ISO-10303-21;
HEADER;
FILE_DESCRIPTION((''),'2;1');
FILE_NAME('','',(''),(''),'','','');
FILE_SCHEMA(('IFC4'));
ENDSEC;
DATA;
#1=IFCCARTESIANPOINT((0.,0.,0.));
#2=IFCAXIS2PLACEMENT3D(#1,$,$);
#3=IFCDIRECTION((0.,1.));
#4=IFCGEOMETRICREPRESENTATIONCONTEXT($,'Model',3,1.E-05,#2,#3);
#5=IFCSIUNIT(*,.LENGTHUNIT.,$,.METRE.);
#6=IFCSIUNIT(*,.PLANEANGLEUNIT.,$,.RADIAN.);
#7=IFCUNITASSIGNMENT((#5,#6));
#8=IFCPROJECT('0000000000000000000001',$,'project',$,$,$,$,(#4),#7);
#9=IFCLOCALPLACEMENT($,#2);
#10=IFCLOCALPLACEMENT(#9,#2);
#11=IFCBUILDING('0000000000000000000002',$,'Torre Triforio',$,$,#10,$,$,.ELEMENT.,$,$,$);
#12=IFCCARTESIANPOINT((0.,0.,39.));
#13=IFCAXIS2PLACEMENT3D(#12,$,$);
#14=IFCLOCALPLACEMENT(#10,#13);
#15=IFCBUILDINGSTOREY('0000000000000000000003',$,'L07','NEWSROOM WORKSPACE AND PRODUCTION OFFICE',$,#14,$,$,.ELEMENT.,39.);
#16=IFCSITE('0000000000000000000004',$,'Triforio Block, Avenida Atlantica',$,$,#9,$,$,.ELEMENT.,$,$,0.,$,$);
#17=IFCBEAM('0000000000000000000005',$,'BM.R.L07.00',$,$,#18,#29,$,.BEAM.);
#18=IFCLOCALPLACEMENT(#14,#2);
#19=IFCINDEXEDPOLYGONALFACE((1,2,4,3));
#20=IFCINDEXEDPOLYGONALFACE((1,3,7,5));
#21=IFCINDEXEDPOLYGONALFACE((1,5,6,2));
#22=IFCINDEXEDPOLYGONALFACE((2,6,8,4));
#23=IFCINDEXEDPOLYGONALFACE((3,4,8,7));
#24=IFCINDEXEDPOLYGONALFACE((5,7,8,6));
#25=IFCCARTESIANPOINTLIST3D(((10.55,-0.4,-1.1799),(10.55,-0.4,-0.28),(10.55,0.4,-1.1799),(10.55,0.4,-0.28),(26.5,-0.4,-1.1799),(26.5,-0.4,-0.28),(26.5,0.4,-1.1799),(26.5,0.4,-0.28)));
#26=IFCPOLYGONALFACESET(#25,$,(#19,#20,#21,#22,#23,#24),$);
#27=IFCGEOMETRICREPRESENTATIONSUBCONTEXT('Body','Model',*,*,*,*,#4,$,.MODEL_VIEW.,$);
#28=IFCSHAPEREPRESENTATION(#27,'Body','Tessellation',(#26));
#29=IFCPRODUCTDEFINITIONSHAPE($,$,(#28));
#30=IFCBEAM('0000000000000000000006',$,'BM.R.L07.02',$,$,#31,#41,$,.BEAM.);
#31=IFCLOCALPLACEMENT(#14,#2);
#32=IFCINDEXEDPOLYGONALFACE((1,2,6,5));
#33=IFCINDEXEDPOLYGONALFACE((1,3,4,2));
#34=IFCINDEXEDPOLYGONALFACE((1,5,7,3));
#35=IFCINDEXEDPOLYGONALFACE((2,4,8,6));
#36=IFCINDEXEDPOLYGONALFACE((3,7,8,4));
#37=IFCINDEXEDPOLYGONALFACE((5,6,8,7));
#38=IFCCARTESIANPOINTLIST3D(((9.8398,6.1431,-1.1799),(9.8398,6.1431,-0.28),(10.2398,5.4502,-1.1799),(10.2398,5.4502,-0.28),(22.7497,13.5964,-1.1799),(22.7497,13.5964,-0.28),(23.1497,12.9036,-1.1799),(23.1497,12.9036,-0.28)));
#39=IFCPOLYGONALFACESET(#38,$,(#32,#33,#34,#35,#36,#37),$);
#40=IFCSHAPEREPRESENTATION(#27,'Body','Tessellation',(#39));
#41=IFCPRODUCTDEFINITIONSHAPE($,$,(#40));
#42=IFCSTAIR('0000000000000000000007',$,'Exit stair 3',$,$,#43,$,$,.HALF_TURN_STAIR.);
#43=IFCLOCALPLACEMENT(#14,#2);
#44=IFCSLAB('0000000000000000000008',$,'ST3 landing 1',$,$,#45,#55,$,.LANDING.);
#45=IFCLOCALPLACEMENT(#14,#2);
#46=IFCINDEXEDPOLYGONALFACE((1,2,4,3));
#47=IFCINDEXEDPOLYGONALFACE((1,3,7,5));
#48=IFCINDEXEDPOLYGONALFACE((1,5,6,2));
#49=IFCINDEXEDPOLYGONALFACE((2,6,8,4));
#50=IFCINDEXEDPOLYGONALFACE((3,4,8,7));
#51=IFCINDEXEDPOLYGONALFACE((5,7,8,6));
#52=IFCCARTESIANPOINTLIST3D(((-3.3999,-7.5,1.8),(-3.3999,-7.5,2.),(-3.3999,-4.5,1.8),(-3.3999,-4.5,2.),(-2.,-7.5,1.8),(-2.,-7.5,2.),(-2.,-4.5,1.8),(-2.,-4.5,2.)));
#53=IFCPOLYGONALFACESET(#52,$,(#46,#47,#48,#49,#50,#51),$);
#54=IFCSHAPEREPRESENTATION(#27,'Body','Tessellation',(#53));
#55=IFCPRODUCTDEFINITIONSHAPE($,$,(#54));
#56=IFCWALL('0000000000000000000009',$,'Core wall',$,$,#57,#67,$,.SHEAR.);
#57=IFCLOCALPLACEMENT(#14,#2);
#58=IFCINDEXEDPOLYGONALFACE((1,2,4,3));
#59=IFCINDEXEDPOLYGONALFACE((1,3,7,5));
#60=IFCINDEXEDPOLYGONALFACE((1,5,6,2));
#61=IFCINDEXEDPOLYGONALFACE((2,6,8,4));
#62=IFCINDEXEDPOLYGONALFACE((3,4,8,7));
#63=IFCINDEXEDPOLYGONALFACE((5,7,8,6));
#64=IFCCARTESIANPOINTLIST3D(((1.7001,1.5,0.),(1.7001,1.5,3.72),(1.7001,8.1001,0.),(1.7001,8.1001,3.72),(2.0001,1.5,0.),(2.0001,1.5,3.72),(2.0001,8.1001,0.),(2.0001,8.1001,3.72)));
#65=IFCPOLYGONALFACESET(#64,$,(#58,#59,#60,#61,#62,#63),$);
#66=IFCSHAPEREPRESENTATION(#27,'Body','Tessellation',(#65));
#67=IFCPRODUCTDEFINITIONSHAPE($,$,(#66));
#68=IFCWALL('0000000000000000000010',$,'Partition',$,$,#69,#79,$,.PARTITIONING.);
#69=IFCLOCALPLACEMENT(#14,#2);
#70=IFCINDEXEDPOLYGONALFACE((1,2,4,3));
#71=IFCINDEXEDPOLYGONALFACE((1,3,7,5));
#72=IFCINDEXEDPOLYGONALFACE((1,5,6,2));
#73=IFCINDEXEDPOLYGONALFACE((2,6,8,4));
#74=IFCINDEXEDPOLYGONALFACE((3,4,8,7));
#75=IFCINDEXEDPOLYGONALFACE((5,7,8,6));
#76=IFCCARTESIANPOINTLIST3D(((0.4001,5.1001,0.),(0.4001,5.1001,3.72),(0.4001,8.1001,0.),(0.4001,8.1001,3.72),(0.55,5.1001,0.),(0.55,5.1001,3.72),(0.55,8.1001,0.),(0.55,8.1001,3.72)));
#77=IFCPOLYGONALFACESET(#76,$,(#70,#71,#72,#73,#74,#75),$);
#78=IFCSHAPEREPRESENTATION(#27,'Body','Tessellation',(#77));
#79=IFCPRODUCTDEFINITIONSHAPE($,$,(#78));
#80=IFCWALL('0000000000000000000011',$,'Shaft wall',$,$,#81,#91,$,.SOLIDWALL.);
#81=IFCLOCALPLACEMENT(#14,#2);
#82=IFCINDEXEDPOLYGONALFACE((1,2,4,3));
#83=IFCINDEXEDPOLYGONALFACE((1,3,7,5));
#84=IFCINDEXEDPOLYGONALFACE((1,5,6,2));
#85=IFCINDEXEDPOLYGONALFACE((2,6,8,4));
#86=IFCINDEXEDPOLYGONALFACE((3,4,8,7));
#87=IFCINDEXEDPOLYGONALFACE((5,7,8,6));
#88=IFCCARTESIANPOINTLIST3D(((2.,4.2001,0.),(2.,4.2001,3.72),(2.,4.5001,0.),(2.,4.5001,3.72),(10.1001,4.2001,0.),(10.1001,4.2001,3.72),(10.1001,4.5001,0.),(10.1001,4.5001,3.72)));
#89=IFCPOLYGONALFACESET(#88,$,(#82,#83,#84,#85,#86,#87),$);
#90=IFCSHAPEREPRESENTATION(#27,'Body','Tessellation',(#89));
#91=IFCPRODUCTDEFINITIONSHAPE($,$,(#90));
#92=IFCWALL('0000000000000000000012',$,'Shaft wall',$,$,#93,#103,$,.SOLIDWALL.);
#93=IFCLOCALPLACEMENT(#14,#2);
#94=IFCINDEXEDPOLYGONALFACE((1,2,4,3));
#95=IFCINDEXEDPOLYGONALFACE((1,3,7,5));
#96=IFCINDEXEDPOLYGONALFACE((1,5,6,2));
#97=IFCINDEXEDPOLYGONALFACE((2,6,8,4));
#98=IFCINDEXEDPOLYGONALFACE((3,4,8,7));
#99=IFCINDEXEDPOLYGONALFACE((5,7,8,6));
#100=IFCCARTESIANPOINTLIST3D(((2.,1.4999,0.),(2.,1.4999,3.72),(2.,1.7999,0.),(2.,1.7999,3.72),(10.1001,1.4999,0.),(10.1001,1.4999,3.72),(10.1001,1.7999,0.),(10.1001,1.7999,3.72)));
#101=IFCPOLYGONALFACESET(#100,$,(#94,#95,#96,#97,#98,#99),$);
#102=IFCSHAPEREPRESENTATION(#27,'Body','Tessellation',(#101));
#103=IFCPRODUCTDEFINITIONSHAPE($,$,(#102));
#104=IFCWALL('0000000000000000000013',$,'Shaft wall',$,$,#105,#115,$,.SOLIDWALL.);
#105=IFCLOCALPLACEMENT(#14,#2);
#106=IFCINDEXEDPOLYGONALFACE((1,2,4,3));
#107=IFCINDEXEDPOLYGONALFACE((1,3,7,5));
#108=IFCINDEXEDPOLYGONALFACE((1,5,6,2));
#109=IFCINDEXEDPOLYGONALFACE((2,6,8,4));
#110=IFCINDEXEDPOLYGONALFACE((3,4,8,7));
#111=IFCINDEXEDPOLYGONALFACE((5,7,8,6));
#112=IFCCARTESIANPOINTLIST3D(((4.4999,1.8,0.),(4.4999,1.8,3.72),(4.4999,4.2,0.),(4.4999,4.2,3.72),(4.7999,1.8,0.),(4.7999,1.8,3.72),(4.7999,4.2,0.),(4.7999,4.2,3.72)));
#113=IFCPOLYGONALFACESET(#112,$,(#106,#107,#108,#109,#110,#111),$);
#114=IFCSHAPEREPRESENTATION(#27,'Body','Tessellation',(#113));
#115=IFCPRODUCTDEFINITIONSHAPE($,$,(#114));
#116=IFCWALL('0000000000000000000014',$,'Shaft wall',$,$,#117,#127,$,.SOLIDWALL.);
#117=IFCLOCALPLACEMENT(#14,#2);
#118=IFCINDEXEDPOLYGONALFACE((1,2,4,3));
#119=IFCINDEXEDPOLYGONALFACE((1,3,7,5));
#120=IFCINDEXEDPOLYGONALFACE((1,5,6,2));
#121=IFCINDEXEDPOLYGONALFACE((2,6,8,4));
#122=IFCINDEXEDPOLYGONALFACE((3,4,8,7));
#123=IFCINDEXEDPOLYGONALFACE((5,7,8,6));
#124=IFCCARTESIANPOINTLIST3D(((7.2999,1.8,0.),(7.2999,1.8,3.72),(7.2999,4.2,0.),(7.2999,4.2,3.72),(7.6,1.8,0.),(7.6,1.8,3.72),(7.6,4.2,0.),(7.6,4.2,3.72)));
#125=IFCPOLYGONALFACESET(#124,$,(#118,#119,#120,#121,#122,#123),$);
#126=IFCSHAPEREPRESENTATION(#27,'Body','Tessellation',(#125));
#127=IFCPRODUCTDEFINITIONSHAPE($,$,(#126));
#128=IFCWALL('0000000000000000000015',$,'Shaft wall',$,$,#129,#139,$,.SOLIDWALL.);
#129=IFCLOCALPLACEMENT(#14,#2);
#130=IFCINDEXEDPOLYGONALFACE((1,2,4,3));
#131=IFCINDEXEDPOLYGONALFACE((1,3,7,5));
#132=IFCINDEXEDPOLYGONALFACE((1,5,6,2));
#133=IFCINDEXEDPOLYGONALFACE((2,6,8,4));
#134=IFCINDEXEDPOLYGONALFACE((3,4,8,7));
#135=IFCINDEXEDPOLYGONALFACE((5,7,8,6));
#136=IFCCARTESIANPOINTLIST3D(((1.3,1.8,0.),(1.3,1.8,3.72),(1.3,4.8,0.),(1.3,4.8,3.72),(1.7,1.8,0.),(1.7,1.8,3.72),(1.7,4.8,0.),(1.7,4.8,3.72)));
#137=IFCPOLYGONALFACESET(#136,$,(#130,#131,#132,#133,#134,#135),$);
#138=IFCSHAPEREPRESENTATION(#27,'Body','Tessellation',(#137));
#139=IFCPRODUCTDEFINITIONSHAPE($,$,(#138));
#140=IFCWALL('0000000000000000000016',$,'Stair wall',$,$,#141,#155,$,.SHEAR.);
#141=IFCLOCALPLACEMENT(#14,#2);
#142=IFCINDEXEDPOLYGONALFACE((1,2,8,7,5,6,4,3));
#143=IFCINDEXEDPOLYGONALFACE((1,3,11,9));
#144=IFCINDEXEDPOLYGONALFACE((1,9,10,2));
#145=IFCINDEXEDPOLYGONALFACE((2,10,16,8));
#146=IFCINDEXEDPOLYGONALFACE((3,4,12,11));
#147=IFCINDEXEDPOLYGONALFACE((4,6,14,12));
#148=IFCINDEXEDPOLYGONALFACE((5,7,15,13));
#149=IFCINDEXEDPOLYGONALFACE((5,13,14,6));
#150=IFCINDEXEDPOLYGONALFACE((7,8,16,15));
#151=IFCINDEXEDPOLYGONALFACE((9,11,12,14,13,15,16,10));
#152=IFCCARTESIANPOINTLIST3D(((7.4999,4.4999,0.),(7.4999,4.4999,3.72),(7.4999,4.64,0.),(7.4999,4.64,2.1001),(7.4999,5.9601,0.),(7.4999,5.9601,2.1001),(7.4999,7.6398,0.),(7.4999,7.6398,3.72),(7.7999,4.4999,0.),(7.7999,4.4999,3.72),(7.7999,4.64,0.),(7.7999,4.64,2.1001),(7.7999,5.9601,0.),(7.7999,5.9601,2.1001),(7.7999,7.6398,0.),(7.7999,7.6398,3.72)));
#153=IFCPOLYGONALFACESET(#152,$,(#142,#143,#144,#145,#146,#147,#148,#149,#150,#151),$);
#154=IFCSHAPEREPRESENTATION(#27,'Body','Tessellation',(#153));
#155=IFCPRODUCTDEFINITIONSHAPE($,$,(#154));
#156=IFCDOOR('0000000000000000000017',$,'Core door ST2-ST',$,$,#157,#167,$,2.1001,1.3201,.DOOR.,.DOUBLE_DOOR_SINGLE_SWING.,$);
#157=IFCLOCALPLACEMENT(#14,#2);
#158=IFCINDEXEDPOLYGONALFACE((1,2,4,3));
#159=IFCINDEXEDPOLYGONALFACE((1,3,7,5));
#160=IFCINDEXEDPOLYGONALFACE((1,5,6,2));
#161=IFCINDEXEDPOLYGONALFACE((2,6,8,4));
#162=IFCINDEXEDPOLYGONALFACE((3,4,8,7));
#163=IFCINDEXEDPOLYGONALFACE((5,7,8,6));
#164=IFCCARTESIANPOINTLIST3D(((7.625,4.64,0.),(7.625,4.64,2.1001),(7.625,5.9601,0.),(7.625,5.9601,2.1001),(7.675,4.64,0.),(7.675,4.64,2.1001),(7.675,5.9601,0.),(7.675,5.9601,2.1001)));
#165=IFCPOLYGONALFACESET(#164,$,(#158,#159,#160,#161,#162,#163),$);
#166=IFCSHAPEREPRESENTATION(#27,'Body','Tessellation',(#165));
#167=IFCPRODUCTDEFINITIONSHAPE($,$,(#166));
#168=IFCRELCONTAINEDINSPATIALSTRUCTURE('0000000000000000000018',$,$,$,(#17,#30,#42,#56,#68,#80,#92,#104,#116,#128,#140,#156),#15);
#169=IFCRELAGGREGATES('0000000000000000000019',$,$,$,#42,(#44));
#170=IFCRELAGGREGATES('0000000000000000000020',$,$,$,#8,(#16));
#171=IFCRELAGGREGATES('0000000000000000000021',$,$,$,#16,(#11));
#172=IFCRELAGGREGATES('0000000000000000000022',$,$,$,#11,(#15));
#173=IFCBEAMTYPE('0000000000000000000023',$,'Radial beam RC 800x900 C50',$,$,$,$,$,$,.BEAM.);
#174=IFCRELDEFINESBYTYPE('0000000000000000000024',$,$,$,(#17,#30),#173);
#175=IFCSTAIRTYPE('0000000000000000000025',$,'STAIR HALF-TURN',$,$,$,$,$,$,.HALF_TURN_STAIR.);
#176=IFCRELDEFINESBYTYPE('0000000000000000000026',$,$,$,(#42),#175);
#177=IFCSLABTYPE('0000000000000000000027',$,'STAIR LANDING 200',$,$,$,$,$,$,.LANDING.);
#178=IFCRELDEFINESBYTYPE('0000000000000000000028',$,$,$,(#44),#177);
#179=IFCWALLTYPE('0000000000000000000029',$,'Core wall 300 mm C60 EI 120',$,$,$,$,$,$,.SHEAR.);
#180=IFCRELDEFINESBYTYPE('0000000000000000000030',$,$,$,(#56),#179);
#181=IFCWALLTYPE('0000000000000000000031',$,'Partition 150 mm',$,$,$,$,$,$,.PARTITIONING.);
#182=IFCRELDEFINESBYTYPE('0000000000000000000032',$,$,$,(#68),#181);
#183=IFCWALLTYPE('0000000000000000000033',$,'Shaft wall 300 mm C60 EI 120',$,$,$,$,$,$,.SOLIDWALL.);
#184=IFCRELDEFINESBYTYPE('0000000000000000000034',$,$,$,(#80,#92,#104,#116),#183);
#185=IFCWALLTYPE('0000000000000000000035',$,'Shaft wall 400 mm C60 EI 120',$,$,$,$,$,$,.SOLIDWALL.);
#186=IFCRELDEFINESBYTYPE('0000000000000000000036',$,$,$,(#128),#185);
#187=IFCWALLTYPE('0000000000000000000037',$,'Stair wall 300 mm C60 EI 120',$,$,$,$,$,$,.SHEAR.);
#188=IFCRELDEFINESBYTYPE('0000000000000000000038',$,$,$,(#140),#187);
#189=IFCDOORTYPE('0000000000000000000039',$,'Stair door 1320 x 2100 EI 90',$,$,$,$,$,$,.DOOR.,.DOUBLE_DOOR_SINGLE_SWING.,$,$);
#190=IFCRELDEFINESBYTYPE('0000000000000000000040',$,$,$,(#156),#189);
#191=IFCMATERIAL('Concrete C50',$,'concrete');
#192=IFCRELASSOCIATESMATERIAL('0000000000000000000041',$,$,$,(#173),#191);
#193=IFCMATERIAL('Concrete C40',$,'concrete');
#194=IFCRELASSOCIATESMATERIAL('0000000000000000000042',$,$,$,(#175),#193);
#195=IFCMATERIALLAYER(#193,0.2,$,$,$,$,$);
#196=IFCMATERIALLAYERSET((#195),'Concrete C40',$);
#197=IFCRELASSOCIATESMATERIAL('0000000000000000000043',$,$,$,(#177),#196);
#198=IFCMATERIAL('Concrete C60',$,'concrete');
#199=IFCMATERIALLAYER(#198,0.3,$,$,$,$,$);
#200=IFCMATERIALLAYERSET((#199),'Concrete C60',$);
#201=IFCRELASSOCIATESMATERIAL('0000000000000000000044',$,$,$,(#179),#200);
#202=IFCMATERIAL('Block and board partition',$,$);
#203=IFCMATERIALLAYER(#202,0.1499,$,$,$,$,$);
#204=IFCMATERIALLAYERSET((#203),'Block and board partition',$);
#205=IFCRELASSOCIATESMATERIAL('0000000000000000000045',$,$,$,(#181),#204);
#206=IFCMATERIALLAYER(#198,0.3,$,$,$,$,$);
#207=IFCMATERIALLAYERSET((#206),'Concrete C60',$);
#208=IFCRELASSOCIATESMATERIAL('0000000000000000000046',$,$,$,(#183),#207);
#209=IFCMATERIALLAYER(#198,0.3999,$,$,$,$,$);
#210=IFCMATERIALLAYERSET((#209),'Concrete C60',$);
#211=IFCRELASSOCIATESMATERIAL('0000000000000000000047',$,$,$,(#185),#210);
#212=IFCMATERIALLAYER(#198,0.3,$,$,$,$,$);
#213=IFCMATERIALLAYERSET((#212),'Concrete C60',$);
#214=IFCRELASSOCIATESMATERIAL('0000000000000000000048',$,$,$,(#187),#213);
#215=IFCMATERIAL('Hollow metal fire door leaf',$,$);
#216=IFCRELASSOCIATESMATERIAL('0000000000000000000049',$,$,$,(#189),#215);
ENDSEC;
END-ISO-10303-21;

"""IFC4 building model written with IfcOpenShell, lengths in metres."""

from ifc_helpers import new_model, si_unit, direction, frame, frame_2d, origin, origin_2d, place, context, subcontext, project, spatial, polyline, rectangle, outline, extrude, material, layer, layer_set, material_profile, profile_set, type_object, element, fill, aggregate, save


model = new_model("IFC4")

# Units and contexts
model_context = context("Model", 3, precision=1e-05, world=origin(), true_north=direction((0.0, 1.0)))
body_context = subcontext(model_context, "Body", "Model", "MODEL_VIEW")
ifc_project = project(units=[si_unit("LENGTHUNIT", "METRE"), si_unit("PLANEANGLEUNIT", "RADIAN")], contexts=[model_context])

# Site, building, storey
site_placement = place(None, origin())
site = spatial("IfcSite", under=ifc_project, at=site_placement, Name="Triforio Block, Avenida Atlantica", CompositionType="ELEMENT", RefElevation=0.0)
building_placement = place(site_placement, origin())
building = spatial("IfcBuilding", under=site, at=building_placement, Name="Torre Triforio", CompositionType="ELEMENT")
storey_placement = place(building_placement, frame((0.0, 0.0, 39.0)))
storey = spatial("IfcBuildingStorey", under=building, at=storey_placement, Name="L07", Description="NEWSROOM WORKSPACE AND PRODUCTION OFFICE", CompositionType="ELEMENT", Elevation=39.0)

# Beams
ifc_material_1 = material(Name="Concrete C50", Category="concrete")
ifc_material_profile = material_profile(ifc_material_1, rectangle(XDim=0.8, YDim=0.8999, at=origin_2d()), Name="RC 800x900")
ifc_profile_set = profile_set([ifc_material_profile], Name="Concrete C50")
beam_type = type_object("IfcBeamType", Name="Radial beam RC 800x900 C50", PredefinedType="BEAM", material=ifc_profile_set)
beam_1_placement = place(storey_placement, frame((10.55, 0.0, -0.73), z_axis=(1.0, 0.0, 0.0), x_axis=(0.0, 1.0, 0.0)))
element("IfcBeam", 1, at=beam_1_placement, inside=storey, type_object=beam_type, Name="BM.R.L07.00", PredefinedType="BEAM", context=body_context, shape_type="SweptSolid", body=[
    extrude(rectangle(XDim=0.8, YDim=0.8999, at=origin_2d()), origin(), (0.0, 0.0, 1.0), 15.95),
])
beam_2_placement = place(storey_placement, frame((10.0398, 5.7966, -0.73), z_axis=(0.86603, 0.499991, 0.0), x_axis=(-0.499991, 0.86603, 0.0)))
element("IfcBeam", 2, at=beam_2_placement, inside=storey, type_object=beam_type, Name="BM.R.L07.02", PredefinedType="BEAM", context=body_context, shape_type="SweptSolid", body=[
    extrude(rectangle(XDim=0.8, YDim=0.8999, at=origin_2d()), origin(), (0.0, 0.0, 1.0), 14.907),
])

# Stair, slab
ifc_material_2 = material(Name="Concrete C40", Category="concrete")
stair_type = type_object("IfcStairType", Name="STAIR HALF-TURN", PredefinedType="HALF_TURN_STAIR", material=ifc_material_2)
stair_1_placement = place(storey_placement, origin())
stair_1 = element("IfcStair", 3, at=stair_1_placement, inside=storey, type_object=stair_type, Name="Exit stair 3", PredefinedType="HALF_TURN_STAIR")
ifc_layer_1 = layer(ifc_material_2, 0.2)
ifc_layer_set_1 = layer_set([ifc_layer_1], Name="Concrete C40")
slab_type = type_object("IfcSlabType", Name="STAIR LANDING 200", PredefinedType="LANDING", material=ifc_layer_set_1)
slab_placement = place(storey_placement, frame((0.0, 0.0, 1.8)))
slab = element("IfcSlab", 4, at=slab_placement, type_object=slab_type, Name="ST3 landing 1", PredefinedType="LANDING", context=body_context, shape_type="SweptSolid", body=[
    extrude(outline(polyline([(-2.0, -7.5), (-2.0, -4.5), (-3.3999, -4.5), (-3.3999, -7.5), (-2.0, -7.5)])), origin(), (0.0, 0.0, 1.0), 0.2),
])
aggregate(stair_1, [slab])

# Walls
ifc_material_3 = material(Name="Concrete C60", Category="concrete")
ifc_layer_2 = layer(ifc_material_3, 0.3)
ifc_layer_set_2 = layer_set([ifc_layer_2], Name="Concrete C60")
wall_type_1 = type_object("IfcWallType", Name="Core wall 300 mm C60 EI 120", PredefinedType="SHEAR", material=ifc_layer_set_2)
wall_1_placement = place(storey_placement, frame((1.8501, 1.5, 0.0), z_axis=(0.0, 0.0, 1.0), x_axis=(0.0, 1.0, 0.0)))
element("IfcWall", 5, at=wall_1_placement, inside=storey, type_object=wall_type_1, Name="Core wall", PredefinedType="SHEAR", context=body_context, shape_type="SweptSolid", body=[
    extrude(rectangle(XDim=6.6001, YDim=0.3, at=frame_2d((3.3, 0.0))), origin(), (0.0, 0.0, 1.0), 3.72),
])
ifc_material_4 = material(Name="Block and board partition")
ifc_layer_3 = layer(ifc_material_4, 0.1499)
ifc_layer_set_3 = layer_set([ifc_layer_3], Name="Block and board partition")
wall_type_2 = type_object("IfcWallType", Name="Partition 150 mm", PredefinedType="PARTITIONING", material=ifc_layer_set_3)
wall_2_placement = place(storey_placement, frame((0.4751, 5.1001, 0.0), z_axis=(0.0, 0.0, 1.0), x_axis=(0.0, 1.0, 0.0)))
element("IfcWall", 6, at=wall_2_placement, inside=storey, type_object=wall_type_2, Name="Partition", PredefinedType="PARTITIONING", context=body_context, shape_type="SweptSolid", body=[
    extrude(rectangle(XDim=3.0, YDim=0.1499, at=frame_2d((1.5, 0.0))), origin(), (0.0, 0.0, 1.0), 3.72),
])
ifc_layer_4 = layer(ifc_material_3, 0.3)
ifc_layer_set_4 = layer_set([ifc_layer_4], Name="Concrete C60")
wall_type_3 = type_object("IfcWallType", Name="Shaft wall 300 mm C60 EI 120", PredefinedType="SOLIDWALL", material=ifc_layer_set_4)
for number, where, z_axis, x_axis, name in (
    (7, (2.0, 4.3501, 0.0), (0.0, 0.0, 1.0), (1.0, 0.0, 0.0), "Shaft wall"),
    (8, (2.0, 1.6499, 0.0), (0.0, 0.0, 1.0), (1.0, 0.0, 0.0), "Shaft wall"),
):
    element("IfcWall", number, at=place(storey_placement, frame(where, z_axis=z_axis, x_axis=x_axis)), inside=storey, type_object=wall_type_3, Name=name, PredefinedType="SOLIDWALL", context=body_context, shape_type="SweptSolid", body=[
        extrude(rectangle(XDim=8.1001, YDim=0.3, at=frame_2d((4.05, 0.0))), origin(), (0.0, 0.0, 1.0), 3.72),
    ])
for number, where, z_axis, x_axis, name in (
    (9, (4.6499, 1.8, 0.0), (0.0, 0.0, 1.0), (0.0, 1.0, 0.0), "Shaft wall"),
    (10, (7.45, 1.8, 0.0), (0.0, 0.0, 1.0), (0.0, 1.0, 0.0), "Shaft wall"),
):
    element("IfcWall", number, at=place(storey_placement, frame(where, z_axis=z_axis, x_axis=x_axis)), inside=storey, type_object=wall_type_3, Name=name, PredefinedType="SOLIDWALL", context=body_context, shape_type="SweptSolid", body=[
        extrude(rectangle(XDim=2.3999, YDim=0.3, at=frame_2d((1.2, 0.0))), origin(), (0.0, 0.0, 1.0), 3.72),
    ])
ifc_layer_5 = layer(ifc_material_3, 0.3999)
ifc_layer_set_5 = layer_set([ifc_layer_5], Name="Concrete C60")
wall_type_4 = type_object("IfcWallType", Name="Shaft wall 400 mm C60 EI 120", PredefinedType="SOLIDWALL", material=ifc_layer_set_5)
wall_3_placement = place(storey_placement, frame((1.5, 1.8, 0.0), z_axis=(0.0, 0.0, 1.0), x_axis=(0.0, 1.0, 0.0)))
element("IfcWall", 11, at=wall_3_placement, inside=storey, type_object=wall_type_4, Name="Shaft wall", PredefinedType="SOLIDWALL", context=body_context, shape_type="SweptSolid", body=[
    extrude(rectangle(XDim=3.0, YDim=0.3999, at=frame_2d((1.5, 0.0))), origin(), (0.0, 0.0, 1.0), 3.72),
])

# Wall, opening, door
ifc_layer_6 = layer(ifc_material_3, 0.3)
ifc_layer_set_6 = layer_set([ifc_layer_6], Name="Concrete C60")
wall_type_5 = type_object("IfcWallType", Name="Stair wall 300 mm C60 EI 120", PredefinedType="SHEAR", material=ifc_layer_set_6)
wall_4_placement = place(storey_placement, frame((7.6499, 4.5, 0.0), z_axis=(0.0, 0.0, 1.0), x_axis=(0.0, 1.0, 0.0)))
wall_4 = element("IfcWall", 12, at=wall_4_placement, inside=storey, type_object=wall_type_5, Name="Stair wall", PredefinedType="SHEAR", context=body_context, shape_type="SweptSolid", body=[
    extrude(rectangle(XDim=3.1399, YDim=0.3, at=frame_2d((1.5698, 0.0))), origin(), (0.0, 0.0, 1.0), 3.72),
])
opening_placement = place(wall_4_placement, frame((0.1399, 0.0, 0.0)))
opening = element("IfcOpeningElement", 13, at=opening_placement, cuts=wall_4, PredefinedType="OPENING", context=body_context, shape_type="SweptSolid", body=[
    extrude(rectangle(XDim=1.3201, YDim=2.1001, at=frame_2d((0.6602, 1.05))), frame((0.0, 0.1599, 0.0), z_axis=(0.0, -1.0, 0.0), x_axis=(1.0, 0.0, 0.0)), (0.0, 0.0, 1.0), 0.3201),
])
ifc_material_5 = material(Name="Hollow metal fire door leaf")
door_type = type_object("IfcDoorType", Name="Stair door 1320 x 2100 EI 90", OperationType="DOUBLE_DOOR_SINGLE_SWING", PredefinedType="DOOR", material=ifc_material_5)
door_placement = place(opening_placement, origin())
door = element("IfcDoor", 14, at=door_placement, inside=storey, type_object=door_type, Name="Core door ST2-ST", OperationType="DOUBLE_DOOR_SINGLE_SWING", OverallHeight=2.1001, OverallWidth=1.3201, PredefinedType="DOOR", context=body_context, shape_type="SweptSolid", body=[
    extrude(rectangle(XDim=1.3201, YDim=2.1001, at=frame_2d((0.6602, 1.05))), frame((0.0, 0.0249, 0.0), z_axis=(0.0, -1.0, 0.0), x_axis=(1.0, 0.0, 0.0)), (0.0, 0.0, 1.0), 0.05),
])
fill(opening, door)

save(model, "model.ifc")
